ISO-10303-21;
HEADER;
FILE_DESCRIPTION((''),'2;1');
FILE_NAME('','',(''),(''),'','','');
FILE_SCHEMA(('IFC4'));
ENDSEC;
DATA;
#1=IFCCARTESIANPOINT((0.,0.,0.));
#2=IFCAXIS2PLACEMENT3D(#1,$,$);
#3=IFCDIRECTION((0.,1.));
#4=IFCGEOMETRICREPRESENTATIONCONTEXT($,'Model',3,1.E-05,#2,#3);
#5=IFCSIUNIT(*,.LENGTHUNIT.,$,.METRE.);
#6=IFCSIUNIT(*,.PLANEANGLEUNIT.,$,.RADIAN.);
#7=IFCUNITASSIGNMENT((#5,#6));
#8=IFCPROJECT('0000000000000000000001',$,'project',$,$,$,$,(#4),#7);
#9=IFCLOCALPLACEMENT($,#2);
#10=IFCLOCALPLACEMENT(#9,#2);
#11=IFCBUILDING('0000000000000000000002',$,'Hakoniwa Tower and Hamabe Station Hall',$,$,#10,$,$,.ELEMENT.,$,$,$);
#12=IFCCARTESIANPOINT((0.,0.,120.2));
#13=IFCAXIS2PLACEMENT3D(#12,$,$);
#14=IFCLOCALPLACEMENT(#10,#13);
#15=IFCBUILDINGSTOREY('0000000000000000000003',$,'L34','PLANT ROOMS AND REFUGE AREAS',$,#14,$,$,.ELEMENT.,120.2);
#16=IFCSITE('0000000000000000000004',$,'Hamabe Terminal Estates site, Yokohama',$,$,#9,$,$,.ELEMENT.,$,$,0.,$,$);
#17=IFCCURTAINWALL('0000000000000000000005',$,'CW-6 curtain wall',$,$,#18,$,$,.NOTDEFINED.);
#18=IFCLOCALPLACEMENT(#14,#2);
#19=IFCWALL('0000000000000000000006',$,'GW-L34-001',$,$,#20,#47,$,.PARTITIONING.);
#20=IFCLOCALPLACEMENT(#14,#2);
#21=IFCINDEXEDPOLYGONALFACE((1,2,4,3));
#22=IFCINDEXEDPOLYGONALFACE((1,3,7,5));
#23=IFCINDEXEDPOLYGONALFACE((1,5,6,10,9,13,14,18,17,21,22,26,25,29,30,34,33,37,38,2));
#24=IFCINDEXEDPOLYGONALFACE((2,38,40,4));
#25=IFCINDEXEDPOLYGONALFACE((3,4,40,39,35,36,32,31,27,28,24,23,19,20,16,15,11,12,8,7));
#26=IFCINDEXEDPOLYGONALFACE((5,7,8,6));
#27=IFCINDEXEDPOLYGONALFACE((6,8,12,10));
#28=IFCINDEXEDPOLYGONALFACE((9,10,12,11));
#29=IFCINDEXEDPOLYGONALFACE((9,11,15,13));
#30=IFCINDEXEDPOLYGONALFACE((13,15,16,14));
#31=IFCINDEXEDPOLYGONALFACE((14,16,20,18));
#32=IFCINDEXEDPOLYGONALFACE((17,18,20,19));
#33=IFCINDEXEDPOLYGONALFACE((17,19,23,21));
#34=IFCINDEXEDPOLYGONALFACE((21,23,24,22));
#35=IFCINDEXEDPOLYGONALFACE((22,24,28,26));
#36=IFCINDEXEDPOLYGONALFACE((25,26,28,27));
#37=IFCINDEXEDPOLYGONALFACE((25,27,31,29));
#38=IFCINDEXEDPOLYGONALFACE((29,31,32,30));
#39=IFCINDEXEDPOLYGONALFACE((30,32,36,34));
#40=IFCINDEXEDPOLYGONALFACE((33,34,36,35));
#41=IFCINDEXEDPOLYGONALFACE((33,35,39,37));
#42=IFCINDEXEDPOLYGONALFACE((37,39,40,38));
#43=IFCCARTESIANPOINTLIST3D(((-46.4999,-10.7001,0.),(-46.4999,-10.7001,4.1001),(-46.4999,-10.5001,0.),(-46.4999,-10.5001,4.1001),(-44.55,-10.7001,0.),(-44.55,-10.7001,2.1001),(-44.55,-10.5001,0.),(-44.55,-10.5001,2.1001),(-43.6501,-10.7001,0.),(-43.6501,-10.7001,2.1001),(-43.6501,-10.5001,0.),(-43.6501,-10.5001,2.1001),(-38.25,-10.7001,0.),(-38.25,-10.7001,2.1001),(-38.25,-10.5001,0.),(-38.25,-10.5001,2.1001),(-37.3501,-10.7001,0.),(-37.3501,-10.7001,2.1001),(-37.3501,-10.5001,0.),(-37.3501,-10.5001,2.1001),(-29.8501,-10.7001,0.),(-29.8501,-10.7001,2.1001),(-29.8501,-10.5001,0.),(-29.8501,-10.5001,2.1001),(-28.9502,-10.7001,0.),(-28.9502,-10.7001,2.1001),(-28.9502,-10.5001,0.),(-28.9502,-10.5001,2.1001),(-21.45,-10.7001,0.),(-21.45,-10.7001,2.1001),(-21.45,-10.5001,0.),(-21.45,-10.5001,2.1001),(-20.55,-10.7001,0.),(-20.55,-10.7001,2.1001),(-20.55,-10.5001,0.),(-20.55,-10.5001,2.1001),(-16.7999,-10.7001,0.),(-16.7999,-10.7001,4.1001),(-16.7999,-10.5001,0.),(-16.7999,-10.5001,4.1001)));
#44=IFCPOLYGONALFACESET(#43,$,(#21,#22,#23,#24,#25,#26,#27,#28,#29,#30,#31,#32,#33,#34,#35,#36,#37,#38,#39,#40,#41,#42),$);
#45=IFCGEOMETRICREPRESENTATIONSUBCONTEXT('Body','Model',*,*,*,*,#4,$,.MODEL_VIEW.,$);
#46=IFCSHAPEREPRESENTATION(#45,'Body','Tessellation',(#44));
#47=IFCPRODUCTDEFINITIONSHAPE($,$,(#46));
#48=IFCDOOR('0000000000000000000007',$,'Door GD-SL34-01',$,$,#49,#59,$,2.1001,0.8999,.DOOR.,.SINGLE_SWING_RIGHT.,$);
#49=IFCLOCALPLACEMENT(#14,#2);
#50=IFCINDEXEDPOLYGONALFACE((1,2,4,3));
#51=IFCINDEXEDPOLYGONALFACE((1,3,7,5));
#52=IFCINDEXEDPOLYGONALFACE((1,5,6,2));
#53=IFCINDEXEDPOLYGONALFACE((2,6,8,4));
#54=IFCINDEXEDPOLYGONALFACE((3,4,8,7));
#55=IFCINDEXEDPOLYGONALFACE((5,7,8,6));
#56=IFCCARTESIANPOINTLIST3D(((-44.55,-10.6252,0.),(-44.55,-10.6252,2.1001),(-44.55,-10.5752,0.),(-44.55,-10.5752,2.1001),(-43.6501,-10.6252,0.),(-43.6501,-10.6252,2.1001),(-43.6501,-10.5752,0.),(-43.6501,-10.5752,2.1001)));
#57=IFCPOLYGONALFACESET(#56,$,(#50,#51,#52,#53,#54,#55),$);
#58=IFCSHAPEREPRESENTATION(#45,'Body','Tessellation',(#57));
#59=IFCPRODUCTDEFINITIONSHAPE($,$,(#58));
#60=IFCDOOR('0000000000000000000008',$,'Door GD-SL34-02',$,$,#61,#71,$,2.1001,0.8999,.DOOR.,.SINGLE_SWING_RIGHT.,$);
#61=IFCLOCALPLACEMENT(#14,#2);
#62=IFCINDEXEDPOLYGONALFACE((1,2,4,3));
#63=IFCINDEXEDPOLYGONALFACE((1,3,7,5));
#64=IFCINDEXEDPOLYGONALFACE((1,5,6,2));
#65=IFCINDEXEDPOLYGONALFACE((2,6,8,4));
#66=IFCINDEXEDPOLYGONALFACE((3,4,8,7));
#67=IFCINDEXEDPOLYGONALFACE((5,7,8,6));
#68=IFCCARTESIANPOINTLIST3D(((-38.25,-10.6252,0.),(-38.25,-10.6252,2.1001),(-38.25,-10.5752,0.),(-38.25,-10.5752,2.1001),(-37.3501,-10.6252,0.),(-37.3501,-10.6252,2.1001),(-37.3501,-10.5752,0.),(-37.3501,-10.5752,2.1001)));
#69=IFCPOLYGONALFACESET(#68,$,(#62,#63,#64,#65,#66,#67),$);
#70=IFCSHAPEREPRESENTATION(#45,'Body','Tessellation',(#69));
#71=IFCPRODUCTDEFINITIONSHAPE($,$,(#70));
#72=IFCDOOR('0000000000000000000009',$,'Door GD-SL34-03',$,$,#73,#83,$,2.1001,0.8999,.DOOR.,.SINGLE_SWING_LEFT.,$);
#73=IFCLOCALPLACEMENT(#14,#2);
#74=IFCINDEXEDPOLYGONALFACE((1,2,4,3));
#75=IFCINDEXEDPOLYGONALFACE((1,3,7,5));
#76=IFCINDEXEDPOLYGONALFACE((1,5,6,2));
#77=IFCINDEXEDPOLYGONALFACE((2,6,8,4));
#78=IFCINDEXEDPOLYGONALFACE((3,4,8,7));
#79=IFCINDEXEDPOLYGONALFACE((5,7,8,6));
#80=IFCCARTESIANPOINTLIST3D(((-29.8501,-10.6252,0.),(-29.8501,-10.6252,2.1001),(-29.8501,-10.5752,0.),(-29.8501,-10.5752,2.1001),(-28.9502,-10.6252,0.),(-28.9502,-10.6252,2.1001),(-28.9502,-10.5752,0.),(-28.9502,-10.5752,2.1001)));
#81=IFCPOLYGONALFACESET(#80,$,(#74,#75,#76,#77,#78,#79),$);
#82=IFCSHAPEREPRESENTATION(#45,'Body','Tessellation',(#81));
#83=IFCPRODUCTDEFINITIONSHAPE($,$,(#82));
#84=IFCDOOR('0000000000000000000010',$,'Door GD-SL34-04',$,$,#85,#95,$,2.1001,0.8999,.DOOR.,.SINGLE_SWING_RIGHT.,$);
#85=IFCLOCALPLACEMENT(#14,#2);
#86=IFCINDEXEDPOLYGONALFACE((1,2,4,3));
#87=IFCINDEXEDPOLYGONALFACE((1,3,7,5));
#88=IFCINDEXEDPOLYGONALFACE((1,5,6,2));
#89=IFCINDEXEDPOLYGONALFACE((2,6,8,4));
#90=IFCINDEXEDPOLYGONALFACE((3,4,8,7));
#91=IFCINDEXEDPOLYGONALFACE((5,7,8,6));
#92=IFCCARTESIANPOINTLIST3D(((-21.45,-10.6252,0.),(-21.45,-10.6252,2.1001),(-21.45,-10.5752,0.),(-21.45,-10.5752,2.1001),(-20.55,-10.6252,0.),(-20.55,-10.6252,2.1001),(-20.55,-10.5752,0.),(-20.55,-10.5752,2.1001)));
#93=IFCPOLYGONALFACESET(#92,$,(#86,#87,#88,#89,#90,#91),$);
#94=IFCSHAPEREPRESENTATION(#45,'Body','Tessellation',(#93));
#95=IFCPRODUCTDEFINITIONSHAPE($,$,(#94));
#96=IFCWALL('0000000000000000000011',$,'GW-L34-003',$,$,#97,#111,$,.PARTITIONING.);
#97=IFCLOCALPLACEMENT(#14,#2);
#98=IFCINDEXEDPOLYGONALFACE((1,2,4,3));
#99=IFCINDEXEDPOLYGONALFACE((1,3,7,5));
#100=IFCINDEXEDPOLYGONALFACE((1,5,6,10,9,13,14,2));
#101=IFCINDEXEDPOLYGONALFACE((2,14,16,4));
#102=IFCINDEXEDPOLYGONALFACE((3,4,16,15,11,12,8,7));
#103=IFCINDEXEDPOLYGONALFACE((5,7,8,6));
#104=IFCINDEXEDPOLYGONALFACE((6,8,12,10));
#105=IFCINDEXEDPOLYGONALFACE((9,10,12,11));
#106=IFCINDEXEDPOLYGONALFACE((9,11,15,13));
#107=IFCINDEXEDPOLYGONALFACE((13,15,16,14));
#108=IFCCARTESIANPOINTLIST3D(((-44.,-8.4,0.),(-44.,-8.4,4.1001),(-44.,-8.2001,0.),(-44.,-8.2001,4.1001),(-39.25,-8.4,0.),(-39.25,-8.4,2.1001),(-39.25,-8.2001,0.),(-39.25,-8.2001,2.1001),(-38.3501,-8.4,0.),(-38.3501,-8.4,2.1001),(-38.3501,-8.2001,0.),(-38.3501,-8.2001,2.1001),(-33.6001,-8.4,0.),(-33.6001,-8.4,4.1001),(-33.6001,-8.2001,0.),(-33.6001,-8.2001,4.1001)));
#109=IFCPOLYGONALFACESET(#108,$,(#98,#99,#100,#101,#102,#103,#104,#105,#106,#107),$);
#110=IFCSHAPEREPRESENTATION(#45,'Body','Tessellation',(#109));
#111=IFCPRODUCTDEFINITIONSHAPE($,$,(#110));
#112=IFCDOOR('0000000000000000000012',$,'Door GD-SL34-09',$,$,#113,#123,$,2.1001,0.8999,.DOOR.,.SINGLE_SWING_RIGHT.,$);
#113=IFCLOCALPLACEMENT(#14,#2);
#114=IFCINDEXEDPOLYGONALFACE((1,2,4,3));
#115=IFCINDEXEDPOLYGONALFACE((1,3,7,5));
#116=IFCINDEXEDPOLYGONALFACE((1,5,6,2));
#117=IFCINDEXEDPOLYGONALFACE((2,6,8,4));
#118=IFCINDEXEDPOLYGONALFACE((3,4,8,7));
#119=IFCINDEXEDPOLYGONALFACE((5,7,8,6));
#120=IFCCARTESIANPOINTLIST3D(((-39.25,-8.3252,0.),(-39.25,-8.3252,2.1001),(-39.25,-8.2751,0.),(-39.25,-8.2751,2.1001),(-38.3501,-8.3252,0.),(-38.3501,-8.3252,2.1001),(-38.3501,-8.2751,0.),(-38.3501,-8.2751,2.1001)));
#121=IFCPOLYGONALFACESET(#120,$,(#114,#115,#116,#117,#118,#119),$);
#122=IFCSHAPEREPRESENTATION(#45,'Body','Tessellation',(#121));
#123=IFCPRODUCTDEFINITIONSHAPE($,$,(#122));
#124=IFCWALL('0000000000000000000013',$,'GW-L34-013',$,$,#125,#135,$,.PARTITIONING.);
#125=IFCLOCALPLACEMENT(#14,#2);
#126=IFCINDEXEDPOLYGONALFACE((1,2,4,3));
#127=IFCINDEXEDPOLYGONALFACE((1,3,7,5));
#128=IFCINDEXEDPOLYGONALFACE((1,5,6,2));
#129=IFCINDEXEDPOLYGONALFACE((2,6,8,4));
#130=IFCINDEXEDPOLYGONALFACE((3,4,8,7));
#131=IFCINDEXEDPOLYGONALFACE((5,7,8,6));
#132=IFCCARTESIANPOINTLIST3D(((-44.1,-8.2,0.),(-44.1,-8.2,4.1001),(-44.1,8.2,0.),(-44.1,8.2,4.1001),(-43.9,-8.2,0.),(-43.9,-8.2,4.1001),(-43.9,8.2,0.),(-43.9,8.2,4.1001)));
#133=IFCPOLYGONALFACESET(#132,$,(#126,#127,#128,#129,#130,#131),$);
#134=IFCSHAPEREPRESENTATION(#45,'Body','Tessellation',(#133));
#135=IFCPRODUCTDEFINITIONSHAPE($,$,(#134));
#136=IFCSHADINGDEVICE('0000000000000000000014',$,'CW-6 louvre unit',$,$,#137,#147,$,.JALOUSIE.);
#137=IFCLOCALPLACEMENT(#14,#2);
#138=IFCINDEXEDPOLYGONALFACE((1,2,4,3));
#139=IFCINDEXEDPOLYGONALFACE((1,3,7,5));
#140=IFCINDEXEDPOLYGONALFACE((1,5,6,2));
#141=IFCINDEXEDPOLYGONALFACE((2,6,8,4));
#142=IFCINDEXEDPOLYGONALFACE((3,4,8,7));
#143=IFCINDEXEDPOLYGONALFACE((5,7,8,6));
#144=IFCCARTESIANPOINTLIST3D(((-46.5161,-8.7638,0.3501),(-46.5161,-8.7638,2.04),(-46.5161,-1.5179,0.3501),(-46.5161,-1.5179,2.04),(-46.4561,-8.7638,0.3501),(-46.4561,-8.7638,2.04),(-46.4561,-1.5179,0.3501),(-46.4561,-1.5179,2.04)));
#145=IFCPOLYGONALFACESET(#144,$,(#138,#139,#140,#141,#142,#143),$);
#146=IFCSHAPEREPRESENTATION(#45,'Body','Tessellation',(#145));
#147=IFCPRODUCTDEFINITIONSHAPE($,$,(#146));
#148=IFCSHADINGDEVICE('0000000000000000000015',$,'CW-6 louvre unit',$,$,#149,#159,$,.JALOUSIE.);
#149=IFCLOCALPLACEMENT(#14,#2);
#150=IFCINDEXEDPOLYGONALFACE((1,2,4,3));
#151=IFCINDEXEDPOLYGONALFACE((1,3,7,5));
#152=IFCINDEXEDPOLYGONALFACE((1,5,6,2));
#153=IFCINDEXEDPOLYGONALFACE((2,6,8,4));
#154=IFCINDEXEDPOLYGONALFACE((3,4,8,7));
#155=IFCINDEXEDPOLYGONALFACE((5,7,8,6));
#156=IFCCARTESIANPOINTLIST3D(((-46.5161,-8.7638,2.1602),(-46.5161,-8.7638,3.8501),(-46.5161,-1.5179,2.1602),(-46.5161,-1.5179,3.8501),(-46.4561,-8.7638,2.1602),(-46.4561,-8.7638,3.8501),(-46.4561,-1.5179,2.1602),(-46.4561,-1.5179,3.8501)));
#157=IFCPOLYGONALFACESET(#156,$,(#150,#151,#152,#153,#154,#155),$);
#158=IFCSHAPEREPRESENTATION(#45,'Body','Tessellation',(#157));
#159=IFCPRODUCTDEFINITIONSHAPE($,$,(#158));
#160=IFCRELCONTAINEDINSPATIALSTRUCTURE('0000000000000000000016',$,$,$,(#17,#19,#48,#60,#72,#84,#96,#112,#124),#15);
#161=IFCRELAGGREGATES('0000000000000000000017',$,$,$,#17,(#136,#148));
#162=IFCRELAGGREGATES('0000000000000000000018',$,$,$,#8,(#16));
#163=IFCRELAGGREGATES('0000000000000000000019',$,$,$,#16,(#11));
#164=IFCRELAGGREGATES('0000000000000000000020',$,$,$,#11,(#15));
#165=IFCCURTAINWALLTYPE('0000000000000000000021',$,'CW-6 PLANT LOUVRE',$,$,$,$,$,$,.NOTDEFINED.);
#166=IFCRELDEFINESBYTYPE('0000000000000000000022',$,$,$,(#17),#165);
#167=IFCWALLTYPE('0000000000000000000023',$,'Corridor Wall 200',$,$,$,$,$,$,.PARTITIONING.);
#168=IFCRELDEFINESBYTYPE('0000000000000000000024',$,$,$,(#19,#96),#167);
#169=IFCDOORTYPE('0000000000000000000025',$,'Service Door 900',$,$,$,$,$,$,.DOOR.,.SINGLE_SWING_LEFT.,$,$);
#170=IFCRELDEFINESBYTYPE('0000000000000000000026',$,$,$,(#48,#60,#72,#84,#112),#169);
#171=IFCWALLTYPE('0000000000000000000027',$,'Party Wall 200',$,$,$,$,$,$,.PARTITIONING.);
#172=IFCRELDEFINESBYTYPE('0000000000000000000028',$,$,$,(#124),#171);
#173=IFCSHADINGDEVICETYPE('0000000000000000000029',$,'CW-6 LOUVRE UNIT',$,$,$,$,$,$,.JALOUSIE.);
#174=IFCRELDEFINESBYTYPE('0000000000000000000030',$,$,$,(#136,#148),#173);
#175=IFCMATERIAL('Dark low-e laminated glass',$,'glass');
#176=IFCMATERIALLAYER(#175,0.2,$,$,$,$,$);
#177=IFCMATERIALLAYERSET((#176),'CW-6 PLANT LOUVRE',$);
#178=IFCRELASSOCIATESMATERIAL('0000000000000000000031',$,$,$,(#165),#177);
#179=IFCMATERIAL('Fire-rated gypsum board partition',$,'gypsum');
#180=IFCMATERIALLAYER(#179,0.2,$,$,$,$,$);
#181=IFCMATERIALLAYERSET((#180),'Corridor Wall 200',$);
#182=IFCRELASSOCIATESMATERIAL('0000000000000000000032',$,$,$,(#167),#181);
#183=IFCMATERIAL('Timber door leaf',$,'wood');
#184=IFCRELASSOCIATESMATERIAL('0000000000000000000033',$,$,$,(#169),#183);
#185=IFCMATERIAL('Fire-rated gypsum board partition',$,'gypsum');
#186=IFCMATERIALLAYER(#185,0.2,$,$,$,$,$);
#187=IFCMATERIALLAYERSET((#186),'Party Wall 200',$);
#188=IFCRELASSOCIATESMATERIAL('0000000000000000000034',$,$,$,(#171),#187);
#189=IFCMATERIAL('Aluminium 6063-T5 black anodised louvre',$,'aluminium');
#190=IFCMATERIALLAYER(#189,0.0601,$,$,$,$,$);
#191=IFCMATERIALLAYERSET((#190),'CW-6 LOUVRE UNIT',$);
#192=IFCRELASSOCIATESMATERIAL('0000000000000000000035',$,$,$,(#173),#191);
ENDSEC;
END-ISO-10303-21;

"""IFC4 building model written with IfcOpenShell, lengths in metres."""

from ifc_helpers import new_model, si_unit, direction, frame, frame_2d, origin, origin_2d, place, context, subcontext, project, spatial, rectangle, extrude, material, layer, layer_set, type_object, element, fill, aggregate, save


model = new_model("IFC4")

# Units and contexts
model_context = context("Model", 3, precision=1e-05, world=origin(), true_north=direction((0.0, 1.0)))
body_context = subcontext(model_context, "Body", "Model", "MODEL_VIEW")
ifc_project = project(units=[si_unit("LENGTHUNIT", "METRE"), si_unit("PLANEANGLEUNIT", "RADIAN")], contexts=[model_context])

# Site, building, storey
site_placement = place(None, origin())
site = spatial("IfcSite", under=ifc_project, at=site_placement, Name="Hamabe Terminal Estates site, Yokohama", CompositionType="ELEMENT", RefElevation=0.0)
building_placement = place(site_placement, origin())
building = spatial("IfcBuilding", under=site, at=building_placement, Name="Hakoniwa Tower and Hamabe Station Hall", CompositionType="ELEMENT")
storey_placement = place(building_placement, frame((0.0, 0.0, 120.2)))
storey = spatial("IfcBuildingStorey", under=building, at=storey_placement, Name="L34", Description="PLANT ROOMS AND REFUGE AREAS", CompositionType="ELEMENT", Elevation=120.2)

# Curtain wall
ifc_material_1 = material(Name="Dark low-e laminated glass", Category="glass")
ifc_layer_1 = layer(ifc_material_1, 0.2)
ifc_layer_set_1 = layer_set([ifc_layer_1], Name="CW-6 PLANT LOUVRE")
curtain_wall_type = type_object("IfcCurtainWallType", Name="CW-6 PLANT LOUVRE", PredefinedType="NOTDEFINED", material=ifc_layer_set_1)
curtain_wall_placement = place(storey_placement, origin())
curtain_wall = element("IfcCurtainWall", 1, at=curtain_wall_placement, inside=storey, type_object=curtain_wall_type, Name="CW-6 curtain wall", PredefinedType="NOTDEFINED")

# Wall, openings, doors
ifc_material_2 = material(Name="Fire-rated gypsum board partition", Category="gypsum")
ifc_layer_2 = layer(ifc_material_2, 0.2)
ifc_layer_set_2 = layer_set([ifc_layer_2], Name="Corridor Wall 200")
wall_type_1 = type_object("IfcWallType", Name="Corridor Wall 200", PredefinedType="PARTITIONING", material=ifc_layer_set_2)
wall_1_placement = place(storey_placement, frame((-46.5, -10.6001, 0.0), z_axis=(0.0, 0.0, 1.0), x_axis=(1.0, 0.0, 0.0)))
wall_1 = element("IfcWall", 2, at=wall_1_placement, inside=storey, type_object=wall_type_1, Name="GW-L34-001", PredefinedType="PARTITIONING", context=body_context, shape_type="SweptSolid", body=[
    extrude(rectangle(XDim=29.7, YDim=0.2, at=frame_2d((14.8501, 0.0))), origin(), (0.0, 0.0, 1.0), 4.1001),
])
opening_1_placement = place(wall_1_placement, frame((1.95, 0.0, 0.0)))
opening_1 = element("IfcOpeningElement", 3, at=opening_1_placement, cuts=wall_1, PredefinedType="OPENING", context=body_context, shape_type="SweptSolid", body=[
    extrude(rectangle(XDim=0.8999, YDim=2.1001, at=frame_2d((0.45, 1.05))), frame((0.0, 0.1099, 0.0), z_axis=(0.0, -1.0, 0.0), x_axis=(1.0, 0.0, 0.0)), (0.0, 0.0, 1.0), 0.22),
])
opening_2_placement = place(wall_1_placement, frame((8.25, 0.0, 0.0)))
opening_2 = element("IfcOpeningElement", 4, at=opening_2_placement, cuts=wall_1, PredefinedType="OPENING", context=body_context, shape_type="SweptSolid", body=[
    extrude(rectangle(XDim=0.8999, YDim=2.1001, at=frame_2d((0.45, 1.05))), frame((0.0, 0.1099, 0.0), z_axis=(0.0, -1.0, 0.0), x_axis=(1.0, 0.0, 0.0)), (0.0, 0.0, 1.0), 0.22),
])
opening_3_placement = place(wall_1_placement, frame((16.6499, 0.0, 0.0)))
opening_3 = element("IfcOpeningElement", 5, at=opening_3_placement, cuts=wall_1, PredefinedType="OPENING", context=body_context, shape_type="SweptSolid", body=[
    extrude(rectangle(XDim=0.8999, YDim=2.1001, at=frame_2d((0.45, 1.05))), frame((0.0, 0.1099, 0.0), z_axis=(0.0, -1.0, 0.0), x_axis=(1.0, 0.0, 0.0)), (0.0, 0.0, 1.0), 0.22),
])
opening_4_placement = place(wall_1_placement, frame((25.05, 0.0, 0.0)))
opening_4 = element("IfcOpeningElement", 6, at=opening_4_placement, cuts=wall_1, PredefinedType="OPENING", context=body_context, shape_type="SweptSolid", body=[
    extrude(rectangle(XDim=0.8999, YDim=2.1001, at=frame_2d((0.45, 1.05))), frame((0.0, 0.1099, 0.0), z_axis=(0.0, -1.0, 0.0), x_axis=(1.0, 0.0, 0.0)), (0.0, 0.0, 1.0), 0.22),
])
ifc_material_3 = material(Name="Timber door leaf", Category="wood")
door_type = type_object("IfcDoorType", Name="Service Door 900", OperationType="SINGLE_SWING_LEFT", PredefinedType="DOOR", material=ifc_material_3)
door_1_placement = place(opening_1_placement, origin())
door_1 = element("IfcDoor", 7, at=door_1_placement, inside=storey, type_object=door_type, Name="Door GD-SL34-01", OperationType="SINGLE_SWING_RIGHT", OverallHeight=2.1001, OverallWidth=0.8999, PredefinedType="DOOR", context=body_context, shape_type="SweptSolid", body=[
    extrude(rectangle(XDim=0.8999, YDim=2.1001, at=frame_2d((0.45, 1.05))), frame((0.0, 0.0249, 0.0), z_axis=(0.0, -1.0, 0.0), x_axis=(1.0, 0.0, 0.0)), (0.0, 0.0, 1.0), 0.05),
])
fill(opening_1, door_1)
door_2_placement = place(opening_2_placement, origin())
door_2 = element("IfcDoor", 8, at=door_2_placement, inside=storey, type_object=door_type, Name="Door GD-SL34-02", OperationType="SINGLE_SWING_RIGHT", OverallHeight=2.1001, OverallWidth=0.8999, PredefinedType="DOOR", context=body_context, shape_type="SweptSolid", body=[
    extrude(rectangle(XDim=0.8999, YDim=2.1001, at=frame_2d((0.45, 1.05))), frame((0.0, 0.0249, 0.0), z_axis=(0.0, -1.0, 0.0), x_axis=(1.0, 0.0, 0.0)), (0.0, 0.0, 1.0), 0.05),
])
fill(opening_2, door_2)
door_3_placement = place(opening_3_placement, origin())
door_3 = element("IfcDoor", 9, at=door_3_placement, inside=storey, type_object=door_type, Name="Door GD-SL34-03", OperationType="SINGLE_SWING_LEFT", OverallHeight=2.1001, OverallWidth=0.8999, PredefinedType="DOOR", context=body_context, shape_type="SweptSolid", body=[
    extrude(rectangle(XDim=0.8999, YDim=2.1001, at=frame_2d((0.45, 1.05))), frame((0.0, 0.0249, 0.0), z_axis=(0.0, -1.0, 0.0), x_axis=(1.0, 0.0, 0.0)), (0.0, 0.0, 1.0), 0.05),
])
fill(opening_3, door_3)
door_4_placement = place(opening_4_placement, origin())
door_4 = element("IfcDoor", 10, at=door_4_placement, inside=storey, type_object=door_type, Name="Door GD-SL34-04", OperationType="SINGLE_SWING_RIGHT", OverallHeight=2.1001, OverallWidth=0.8999, PredefinedType="DOOR", context=body_context, shape_type="SweptSolid", body=[
    extrude(rectangle(XDim=0.8999, YDim=2.1001, at=frame_2d((0.45, 1.05))), frame((0.0, 0.0249, 0.0), z_axis=(0.0, -1.0, 0.0), x_axis=(1.0, 0.0, 0.0)), (0.0, 0.0, 1.0), 0.05),
])
fill(opening_4, door_4)

# Wall, opening, door
wall_2_placement = place(storey_placement, frame((-44.0, -8.3, 0.0), z_axis=(0.0, 0.0, 1.0), x_axis=(1.0, 0.0, 0.0)))
wall_2 = element("IfcWall", 11, at=wall_2_placement, inside=storey, type_object=wall_type_1, Name="GW-L34-003", PredefinedType="PARTITIONING", context=body_context, shape_type="SweptSolid", body=[
    extrude(rectangle(XDim=10.3999, YDim=0.2, at=frame_2d((5.2, 0.0))), origin(), (0.0, 0.0, 1.0), 4.1001),
])
opening_5_placement = place(wall_2_placement, frame((4.75, 0.0, 0.0)))
opening_5 = element("IfcOpeningElement", 12, at=opening_5_placement, cuts=wall_2, PredefinedType="OPENING", context=body_context, shape_type="SweptSolid", body=[
    extrude(rectangle(XDim=0.8999, YDim=2.1001, at=frame_2d((0.45, 1.05))), frame((0.0, 0.1099, 0.0), z_axis=(0.0, -1.0, 0.0), x_axis=(1.0, 0.0, 0.0)), (0.0, 0.0, 1.0), 0.22),
])
door_5_placement = place(opening_5_placement, origin())
door_5 = element("IfcDoor", 13, at=door_5_placement, inside=storey, type_object=door_type, Name="Door GD-SL34-09", OperationType="SINGLE_SWING_RIGHT", OverallHeight=2.1001, OverallWidth=0.8999, PredefinedType="DOOR", context=body_context, shape_type="SweptSolid", body=[
    extrude(rectangle(XDim=0.8999, YDim=2.1001, at=frame_2d((0.45, 1.05))), frame((0.0, 0.0249, 0.0), z_axis=(0.0, -1.0, 0.0), x_axis=(1.0, 0.0, 0.0)), (0.0, 0.0, 1.0), 0.05),
])
fill(opening_5, door_5)

# Wall
ifc_material_4 = material(Name="Fire-rated gypsum board partition", Category="gypsum")
ifc_layer_3 = layer(ifc_material_4, 0.2)
ifc_layer_set_3 = layer_set([ifc_layer_3], Name="Party Wall 200")
wall_type_2 = type_object("IfcWallType", Name="Party Wall 200", PredefinedType="PARTITIONING", material=ifc_layer_set_3)
wall_3_placement = place(storey_placement, frame((-44.0, -8.2, 0.0), z_axis=(0.0, 0.0, 1.0), x_axis=(0.0, 1.0, 0.0)))
element("IfcWall", 14, at=wall_3_placement, inside=storey, type_object=wall_type_2, Name="GW-L34-013", PredefinedType="PARTITIONING", context=body_context, shape_type="SweptSolid", body=[
    extrude(rectangle(XDim=16.3999, YDim=0.2, at=frame_2d((8.2, 0.0))), origin(), (0.0, 0.0, 1.0), 4.1001),
])

# Shading devices
ifc_material_5 = material(Name="Aluminium 6063-T5 black anodised louvre", Category="aluminium")
ifc_layer_4 = layer(ifc_material_5, 0.0601)
ifc_layer_set_4 = layer_set([ifc_layer_4], Name="CW-6 LOUVRE UNIT")
shading_device_type = type_object("IfcShadingDeviceType", Name="CW-6 LOUVRE UNIT", PredefinedType="JALOUSIE", material=ifc_layer_set_4)
shading_device_1_placement = place(storey_placement, frame((-46.4861, -5.1409, 0.3501), z_axis=(0.0, 0.0, 1.0), x_axis=(0.0, -1.0, 0.0)))
shading_device_1 = element("IfcShadingDevice", 15, at=shading_device_1_placement, type_object=shading_device_type, Name="CW-6 louvre unit", PredefinedType="JALOUSIE", context=body_context, shape_type="SweptSolid", body=[
    extrude(rectangle(XDim=7.2458, YDim=0.0601, at=origin_2d()), origin(), (0.0, 0.0, 1.0), 1.6899),
])
shading_device_2_placement = place(storey_placement, frame((-46.4861, -5.1409, 2.1602), z_axis=(0.0, 0.0, 1.0), x_axis=(0.0, -1.0, 0.0)))
shading_device_2 = element("IfcShadingDevice", 16, at=shading_device_2_placement, type_object=shading_device_type, Name="CW-6 louvre unit", PredefinedType="JALOUSIE", context=body_context, shape_type="SweptSolid", body=[
    extrude(rectangle(XDim=7.2458, YDim=0.0601, at=origin_2d()), origin(), (0.0, 0.0, 1.0), 1.6899),
])
aggregate(curtain_wall, [shading_device_1, shading_device_2])

save(model, "model.ifc")
